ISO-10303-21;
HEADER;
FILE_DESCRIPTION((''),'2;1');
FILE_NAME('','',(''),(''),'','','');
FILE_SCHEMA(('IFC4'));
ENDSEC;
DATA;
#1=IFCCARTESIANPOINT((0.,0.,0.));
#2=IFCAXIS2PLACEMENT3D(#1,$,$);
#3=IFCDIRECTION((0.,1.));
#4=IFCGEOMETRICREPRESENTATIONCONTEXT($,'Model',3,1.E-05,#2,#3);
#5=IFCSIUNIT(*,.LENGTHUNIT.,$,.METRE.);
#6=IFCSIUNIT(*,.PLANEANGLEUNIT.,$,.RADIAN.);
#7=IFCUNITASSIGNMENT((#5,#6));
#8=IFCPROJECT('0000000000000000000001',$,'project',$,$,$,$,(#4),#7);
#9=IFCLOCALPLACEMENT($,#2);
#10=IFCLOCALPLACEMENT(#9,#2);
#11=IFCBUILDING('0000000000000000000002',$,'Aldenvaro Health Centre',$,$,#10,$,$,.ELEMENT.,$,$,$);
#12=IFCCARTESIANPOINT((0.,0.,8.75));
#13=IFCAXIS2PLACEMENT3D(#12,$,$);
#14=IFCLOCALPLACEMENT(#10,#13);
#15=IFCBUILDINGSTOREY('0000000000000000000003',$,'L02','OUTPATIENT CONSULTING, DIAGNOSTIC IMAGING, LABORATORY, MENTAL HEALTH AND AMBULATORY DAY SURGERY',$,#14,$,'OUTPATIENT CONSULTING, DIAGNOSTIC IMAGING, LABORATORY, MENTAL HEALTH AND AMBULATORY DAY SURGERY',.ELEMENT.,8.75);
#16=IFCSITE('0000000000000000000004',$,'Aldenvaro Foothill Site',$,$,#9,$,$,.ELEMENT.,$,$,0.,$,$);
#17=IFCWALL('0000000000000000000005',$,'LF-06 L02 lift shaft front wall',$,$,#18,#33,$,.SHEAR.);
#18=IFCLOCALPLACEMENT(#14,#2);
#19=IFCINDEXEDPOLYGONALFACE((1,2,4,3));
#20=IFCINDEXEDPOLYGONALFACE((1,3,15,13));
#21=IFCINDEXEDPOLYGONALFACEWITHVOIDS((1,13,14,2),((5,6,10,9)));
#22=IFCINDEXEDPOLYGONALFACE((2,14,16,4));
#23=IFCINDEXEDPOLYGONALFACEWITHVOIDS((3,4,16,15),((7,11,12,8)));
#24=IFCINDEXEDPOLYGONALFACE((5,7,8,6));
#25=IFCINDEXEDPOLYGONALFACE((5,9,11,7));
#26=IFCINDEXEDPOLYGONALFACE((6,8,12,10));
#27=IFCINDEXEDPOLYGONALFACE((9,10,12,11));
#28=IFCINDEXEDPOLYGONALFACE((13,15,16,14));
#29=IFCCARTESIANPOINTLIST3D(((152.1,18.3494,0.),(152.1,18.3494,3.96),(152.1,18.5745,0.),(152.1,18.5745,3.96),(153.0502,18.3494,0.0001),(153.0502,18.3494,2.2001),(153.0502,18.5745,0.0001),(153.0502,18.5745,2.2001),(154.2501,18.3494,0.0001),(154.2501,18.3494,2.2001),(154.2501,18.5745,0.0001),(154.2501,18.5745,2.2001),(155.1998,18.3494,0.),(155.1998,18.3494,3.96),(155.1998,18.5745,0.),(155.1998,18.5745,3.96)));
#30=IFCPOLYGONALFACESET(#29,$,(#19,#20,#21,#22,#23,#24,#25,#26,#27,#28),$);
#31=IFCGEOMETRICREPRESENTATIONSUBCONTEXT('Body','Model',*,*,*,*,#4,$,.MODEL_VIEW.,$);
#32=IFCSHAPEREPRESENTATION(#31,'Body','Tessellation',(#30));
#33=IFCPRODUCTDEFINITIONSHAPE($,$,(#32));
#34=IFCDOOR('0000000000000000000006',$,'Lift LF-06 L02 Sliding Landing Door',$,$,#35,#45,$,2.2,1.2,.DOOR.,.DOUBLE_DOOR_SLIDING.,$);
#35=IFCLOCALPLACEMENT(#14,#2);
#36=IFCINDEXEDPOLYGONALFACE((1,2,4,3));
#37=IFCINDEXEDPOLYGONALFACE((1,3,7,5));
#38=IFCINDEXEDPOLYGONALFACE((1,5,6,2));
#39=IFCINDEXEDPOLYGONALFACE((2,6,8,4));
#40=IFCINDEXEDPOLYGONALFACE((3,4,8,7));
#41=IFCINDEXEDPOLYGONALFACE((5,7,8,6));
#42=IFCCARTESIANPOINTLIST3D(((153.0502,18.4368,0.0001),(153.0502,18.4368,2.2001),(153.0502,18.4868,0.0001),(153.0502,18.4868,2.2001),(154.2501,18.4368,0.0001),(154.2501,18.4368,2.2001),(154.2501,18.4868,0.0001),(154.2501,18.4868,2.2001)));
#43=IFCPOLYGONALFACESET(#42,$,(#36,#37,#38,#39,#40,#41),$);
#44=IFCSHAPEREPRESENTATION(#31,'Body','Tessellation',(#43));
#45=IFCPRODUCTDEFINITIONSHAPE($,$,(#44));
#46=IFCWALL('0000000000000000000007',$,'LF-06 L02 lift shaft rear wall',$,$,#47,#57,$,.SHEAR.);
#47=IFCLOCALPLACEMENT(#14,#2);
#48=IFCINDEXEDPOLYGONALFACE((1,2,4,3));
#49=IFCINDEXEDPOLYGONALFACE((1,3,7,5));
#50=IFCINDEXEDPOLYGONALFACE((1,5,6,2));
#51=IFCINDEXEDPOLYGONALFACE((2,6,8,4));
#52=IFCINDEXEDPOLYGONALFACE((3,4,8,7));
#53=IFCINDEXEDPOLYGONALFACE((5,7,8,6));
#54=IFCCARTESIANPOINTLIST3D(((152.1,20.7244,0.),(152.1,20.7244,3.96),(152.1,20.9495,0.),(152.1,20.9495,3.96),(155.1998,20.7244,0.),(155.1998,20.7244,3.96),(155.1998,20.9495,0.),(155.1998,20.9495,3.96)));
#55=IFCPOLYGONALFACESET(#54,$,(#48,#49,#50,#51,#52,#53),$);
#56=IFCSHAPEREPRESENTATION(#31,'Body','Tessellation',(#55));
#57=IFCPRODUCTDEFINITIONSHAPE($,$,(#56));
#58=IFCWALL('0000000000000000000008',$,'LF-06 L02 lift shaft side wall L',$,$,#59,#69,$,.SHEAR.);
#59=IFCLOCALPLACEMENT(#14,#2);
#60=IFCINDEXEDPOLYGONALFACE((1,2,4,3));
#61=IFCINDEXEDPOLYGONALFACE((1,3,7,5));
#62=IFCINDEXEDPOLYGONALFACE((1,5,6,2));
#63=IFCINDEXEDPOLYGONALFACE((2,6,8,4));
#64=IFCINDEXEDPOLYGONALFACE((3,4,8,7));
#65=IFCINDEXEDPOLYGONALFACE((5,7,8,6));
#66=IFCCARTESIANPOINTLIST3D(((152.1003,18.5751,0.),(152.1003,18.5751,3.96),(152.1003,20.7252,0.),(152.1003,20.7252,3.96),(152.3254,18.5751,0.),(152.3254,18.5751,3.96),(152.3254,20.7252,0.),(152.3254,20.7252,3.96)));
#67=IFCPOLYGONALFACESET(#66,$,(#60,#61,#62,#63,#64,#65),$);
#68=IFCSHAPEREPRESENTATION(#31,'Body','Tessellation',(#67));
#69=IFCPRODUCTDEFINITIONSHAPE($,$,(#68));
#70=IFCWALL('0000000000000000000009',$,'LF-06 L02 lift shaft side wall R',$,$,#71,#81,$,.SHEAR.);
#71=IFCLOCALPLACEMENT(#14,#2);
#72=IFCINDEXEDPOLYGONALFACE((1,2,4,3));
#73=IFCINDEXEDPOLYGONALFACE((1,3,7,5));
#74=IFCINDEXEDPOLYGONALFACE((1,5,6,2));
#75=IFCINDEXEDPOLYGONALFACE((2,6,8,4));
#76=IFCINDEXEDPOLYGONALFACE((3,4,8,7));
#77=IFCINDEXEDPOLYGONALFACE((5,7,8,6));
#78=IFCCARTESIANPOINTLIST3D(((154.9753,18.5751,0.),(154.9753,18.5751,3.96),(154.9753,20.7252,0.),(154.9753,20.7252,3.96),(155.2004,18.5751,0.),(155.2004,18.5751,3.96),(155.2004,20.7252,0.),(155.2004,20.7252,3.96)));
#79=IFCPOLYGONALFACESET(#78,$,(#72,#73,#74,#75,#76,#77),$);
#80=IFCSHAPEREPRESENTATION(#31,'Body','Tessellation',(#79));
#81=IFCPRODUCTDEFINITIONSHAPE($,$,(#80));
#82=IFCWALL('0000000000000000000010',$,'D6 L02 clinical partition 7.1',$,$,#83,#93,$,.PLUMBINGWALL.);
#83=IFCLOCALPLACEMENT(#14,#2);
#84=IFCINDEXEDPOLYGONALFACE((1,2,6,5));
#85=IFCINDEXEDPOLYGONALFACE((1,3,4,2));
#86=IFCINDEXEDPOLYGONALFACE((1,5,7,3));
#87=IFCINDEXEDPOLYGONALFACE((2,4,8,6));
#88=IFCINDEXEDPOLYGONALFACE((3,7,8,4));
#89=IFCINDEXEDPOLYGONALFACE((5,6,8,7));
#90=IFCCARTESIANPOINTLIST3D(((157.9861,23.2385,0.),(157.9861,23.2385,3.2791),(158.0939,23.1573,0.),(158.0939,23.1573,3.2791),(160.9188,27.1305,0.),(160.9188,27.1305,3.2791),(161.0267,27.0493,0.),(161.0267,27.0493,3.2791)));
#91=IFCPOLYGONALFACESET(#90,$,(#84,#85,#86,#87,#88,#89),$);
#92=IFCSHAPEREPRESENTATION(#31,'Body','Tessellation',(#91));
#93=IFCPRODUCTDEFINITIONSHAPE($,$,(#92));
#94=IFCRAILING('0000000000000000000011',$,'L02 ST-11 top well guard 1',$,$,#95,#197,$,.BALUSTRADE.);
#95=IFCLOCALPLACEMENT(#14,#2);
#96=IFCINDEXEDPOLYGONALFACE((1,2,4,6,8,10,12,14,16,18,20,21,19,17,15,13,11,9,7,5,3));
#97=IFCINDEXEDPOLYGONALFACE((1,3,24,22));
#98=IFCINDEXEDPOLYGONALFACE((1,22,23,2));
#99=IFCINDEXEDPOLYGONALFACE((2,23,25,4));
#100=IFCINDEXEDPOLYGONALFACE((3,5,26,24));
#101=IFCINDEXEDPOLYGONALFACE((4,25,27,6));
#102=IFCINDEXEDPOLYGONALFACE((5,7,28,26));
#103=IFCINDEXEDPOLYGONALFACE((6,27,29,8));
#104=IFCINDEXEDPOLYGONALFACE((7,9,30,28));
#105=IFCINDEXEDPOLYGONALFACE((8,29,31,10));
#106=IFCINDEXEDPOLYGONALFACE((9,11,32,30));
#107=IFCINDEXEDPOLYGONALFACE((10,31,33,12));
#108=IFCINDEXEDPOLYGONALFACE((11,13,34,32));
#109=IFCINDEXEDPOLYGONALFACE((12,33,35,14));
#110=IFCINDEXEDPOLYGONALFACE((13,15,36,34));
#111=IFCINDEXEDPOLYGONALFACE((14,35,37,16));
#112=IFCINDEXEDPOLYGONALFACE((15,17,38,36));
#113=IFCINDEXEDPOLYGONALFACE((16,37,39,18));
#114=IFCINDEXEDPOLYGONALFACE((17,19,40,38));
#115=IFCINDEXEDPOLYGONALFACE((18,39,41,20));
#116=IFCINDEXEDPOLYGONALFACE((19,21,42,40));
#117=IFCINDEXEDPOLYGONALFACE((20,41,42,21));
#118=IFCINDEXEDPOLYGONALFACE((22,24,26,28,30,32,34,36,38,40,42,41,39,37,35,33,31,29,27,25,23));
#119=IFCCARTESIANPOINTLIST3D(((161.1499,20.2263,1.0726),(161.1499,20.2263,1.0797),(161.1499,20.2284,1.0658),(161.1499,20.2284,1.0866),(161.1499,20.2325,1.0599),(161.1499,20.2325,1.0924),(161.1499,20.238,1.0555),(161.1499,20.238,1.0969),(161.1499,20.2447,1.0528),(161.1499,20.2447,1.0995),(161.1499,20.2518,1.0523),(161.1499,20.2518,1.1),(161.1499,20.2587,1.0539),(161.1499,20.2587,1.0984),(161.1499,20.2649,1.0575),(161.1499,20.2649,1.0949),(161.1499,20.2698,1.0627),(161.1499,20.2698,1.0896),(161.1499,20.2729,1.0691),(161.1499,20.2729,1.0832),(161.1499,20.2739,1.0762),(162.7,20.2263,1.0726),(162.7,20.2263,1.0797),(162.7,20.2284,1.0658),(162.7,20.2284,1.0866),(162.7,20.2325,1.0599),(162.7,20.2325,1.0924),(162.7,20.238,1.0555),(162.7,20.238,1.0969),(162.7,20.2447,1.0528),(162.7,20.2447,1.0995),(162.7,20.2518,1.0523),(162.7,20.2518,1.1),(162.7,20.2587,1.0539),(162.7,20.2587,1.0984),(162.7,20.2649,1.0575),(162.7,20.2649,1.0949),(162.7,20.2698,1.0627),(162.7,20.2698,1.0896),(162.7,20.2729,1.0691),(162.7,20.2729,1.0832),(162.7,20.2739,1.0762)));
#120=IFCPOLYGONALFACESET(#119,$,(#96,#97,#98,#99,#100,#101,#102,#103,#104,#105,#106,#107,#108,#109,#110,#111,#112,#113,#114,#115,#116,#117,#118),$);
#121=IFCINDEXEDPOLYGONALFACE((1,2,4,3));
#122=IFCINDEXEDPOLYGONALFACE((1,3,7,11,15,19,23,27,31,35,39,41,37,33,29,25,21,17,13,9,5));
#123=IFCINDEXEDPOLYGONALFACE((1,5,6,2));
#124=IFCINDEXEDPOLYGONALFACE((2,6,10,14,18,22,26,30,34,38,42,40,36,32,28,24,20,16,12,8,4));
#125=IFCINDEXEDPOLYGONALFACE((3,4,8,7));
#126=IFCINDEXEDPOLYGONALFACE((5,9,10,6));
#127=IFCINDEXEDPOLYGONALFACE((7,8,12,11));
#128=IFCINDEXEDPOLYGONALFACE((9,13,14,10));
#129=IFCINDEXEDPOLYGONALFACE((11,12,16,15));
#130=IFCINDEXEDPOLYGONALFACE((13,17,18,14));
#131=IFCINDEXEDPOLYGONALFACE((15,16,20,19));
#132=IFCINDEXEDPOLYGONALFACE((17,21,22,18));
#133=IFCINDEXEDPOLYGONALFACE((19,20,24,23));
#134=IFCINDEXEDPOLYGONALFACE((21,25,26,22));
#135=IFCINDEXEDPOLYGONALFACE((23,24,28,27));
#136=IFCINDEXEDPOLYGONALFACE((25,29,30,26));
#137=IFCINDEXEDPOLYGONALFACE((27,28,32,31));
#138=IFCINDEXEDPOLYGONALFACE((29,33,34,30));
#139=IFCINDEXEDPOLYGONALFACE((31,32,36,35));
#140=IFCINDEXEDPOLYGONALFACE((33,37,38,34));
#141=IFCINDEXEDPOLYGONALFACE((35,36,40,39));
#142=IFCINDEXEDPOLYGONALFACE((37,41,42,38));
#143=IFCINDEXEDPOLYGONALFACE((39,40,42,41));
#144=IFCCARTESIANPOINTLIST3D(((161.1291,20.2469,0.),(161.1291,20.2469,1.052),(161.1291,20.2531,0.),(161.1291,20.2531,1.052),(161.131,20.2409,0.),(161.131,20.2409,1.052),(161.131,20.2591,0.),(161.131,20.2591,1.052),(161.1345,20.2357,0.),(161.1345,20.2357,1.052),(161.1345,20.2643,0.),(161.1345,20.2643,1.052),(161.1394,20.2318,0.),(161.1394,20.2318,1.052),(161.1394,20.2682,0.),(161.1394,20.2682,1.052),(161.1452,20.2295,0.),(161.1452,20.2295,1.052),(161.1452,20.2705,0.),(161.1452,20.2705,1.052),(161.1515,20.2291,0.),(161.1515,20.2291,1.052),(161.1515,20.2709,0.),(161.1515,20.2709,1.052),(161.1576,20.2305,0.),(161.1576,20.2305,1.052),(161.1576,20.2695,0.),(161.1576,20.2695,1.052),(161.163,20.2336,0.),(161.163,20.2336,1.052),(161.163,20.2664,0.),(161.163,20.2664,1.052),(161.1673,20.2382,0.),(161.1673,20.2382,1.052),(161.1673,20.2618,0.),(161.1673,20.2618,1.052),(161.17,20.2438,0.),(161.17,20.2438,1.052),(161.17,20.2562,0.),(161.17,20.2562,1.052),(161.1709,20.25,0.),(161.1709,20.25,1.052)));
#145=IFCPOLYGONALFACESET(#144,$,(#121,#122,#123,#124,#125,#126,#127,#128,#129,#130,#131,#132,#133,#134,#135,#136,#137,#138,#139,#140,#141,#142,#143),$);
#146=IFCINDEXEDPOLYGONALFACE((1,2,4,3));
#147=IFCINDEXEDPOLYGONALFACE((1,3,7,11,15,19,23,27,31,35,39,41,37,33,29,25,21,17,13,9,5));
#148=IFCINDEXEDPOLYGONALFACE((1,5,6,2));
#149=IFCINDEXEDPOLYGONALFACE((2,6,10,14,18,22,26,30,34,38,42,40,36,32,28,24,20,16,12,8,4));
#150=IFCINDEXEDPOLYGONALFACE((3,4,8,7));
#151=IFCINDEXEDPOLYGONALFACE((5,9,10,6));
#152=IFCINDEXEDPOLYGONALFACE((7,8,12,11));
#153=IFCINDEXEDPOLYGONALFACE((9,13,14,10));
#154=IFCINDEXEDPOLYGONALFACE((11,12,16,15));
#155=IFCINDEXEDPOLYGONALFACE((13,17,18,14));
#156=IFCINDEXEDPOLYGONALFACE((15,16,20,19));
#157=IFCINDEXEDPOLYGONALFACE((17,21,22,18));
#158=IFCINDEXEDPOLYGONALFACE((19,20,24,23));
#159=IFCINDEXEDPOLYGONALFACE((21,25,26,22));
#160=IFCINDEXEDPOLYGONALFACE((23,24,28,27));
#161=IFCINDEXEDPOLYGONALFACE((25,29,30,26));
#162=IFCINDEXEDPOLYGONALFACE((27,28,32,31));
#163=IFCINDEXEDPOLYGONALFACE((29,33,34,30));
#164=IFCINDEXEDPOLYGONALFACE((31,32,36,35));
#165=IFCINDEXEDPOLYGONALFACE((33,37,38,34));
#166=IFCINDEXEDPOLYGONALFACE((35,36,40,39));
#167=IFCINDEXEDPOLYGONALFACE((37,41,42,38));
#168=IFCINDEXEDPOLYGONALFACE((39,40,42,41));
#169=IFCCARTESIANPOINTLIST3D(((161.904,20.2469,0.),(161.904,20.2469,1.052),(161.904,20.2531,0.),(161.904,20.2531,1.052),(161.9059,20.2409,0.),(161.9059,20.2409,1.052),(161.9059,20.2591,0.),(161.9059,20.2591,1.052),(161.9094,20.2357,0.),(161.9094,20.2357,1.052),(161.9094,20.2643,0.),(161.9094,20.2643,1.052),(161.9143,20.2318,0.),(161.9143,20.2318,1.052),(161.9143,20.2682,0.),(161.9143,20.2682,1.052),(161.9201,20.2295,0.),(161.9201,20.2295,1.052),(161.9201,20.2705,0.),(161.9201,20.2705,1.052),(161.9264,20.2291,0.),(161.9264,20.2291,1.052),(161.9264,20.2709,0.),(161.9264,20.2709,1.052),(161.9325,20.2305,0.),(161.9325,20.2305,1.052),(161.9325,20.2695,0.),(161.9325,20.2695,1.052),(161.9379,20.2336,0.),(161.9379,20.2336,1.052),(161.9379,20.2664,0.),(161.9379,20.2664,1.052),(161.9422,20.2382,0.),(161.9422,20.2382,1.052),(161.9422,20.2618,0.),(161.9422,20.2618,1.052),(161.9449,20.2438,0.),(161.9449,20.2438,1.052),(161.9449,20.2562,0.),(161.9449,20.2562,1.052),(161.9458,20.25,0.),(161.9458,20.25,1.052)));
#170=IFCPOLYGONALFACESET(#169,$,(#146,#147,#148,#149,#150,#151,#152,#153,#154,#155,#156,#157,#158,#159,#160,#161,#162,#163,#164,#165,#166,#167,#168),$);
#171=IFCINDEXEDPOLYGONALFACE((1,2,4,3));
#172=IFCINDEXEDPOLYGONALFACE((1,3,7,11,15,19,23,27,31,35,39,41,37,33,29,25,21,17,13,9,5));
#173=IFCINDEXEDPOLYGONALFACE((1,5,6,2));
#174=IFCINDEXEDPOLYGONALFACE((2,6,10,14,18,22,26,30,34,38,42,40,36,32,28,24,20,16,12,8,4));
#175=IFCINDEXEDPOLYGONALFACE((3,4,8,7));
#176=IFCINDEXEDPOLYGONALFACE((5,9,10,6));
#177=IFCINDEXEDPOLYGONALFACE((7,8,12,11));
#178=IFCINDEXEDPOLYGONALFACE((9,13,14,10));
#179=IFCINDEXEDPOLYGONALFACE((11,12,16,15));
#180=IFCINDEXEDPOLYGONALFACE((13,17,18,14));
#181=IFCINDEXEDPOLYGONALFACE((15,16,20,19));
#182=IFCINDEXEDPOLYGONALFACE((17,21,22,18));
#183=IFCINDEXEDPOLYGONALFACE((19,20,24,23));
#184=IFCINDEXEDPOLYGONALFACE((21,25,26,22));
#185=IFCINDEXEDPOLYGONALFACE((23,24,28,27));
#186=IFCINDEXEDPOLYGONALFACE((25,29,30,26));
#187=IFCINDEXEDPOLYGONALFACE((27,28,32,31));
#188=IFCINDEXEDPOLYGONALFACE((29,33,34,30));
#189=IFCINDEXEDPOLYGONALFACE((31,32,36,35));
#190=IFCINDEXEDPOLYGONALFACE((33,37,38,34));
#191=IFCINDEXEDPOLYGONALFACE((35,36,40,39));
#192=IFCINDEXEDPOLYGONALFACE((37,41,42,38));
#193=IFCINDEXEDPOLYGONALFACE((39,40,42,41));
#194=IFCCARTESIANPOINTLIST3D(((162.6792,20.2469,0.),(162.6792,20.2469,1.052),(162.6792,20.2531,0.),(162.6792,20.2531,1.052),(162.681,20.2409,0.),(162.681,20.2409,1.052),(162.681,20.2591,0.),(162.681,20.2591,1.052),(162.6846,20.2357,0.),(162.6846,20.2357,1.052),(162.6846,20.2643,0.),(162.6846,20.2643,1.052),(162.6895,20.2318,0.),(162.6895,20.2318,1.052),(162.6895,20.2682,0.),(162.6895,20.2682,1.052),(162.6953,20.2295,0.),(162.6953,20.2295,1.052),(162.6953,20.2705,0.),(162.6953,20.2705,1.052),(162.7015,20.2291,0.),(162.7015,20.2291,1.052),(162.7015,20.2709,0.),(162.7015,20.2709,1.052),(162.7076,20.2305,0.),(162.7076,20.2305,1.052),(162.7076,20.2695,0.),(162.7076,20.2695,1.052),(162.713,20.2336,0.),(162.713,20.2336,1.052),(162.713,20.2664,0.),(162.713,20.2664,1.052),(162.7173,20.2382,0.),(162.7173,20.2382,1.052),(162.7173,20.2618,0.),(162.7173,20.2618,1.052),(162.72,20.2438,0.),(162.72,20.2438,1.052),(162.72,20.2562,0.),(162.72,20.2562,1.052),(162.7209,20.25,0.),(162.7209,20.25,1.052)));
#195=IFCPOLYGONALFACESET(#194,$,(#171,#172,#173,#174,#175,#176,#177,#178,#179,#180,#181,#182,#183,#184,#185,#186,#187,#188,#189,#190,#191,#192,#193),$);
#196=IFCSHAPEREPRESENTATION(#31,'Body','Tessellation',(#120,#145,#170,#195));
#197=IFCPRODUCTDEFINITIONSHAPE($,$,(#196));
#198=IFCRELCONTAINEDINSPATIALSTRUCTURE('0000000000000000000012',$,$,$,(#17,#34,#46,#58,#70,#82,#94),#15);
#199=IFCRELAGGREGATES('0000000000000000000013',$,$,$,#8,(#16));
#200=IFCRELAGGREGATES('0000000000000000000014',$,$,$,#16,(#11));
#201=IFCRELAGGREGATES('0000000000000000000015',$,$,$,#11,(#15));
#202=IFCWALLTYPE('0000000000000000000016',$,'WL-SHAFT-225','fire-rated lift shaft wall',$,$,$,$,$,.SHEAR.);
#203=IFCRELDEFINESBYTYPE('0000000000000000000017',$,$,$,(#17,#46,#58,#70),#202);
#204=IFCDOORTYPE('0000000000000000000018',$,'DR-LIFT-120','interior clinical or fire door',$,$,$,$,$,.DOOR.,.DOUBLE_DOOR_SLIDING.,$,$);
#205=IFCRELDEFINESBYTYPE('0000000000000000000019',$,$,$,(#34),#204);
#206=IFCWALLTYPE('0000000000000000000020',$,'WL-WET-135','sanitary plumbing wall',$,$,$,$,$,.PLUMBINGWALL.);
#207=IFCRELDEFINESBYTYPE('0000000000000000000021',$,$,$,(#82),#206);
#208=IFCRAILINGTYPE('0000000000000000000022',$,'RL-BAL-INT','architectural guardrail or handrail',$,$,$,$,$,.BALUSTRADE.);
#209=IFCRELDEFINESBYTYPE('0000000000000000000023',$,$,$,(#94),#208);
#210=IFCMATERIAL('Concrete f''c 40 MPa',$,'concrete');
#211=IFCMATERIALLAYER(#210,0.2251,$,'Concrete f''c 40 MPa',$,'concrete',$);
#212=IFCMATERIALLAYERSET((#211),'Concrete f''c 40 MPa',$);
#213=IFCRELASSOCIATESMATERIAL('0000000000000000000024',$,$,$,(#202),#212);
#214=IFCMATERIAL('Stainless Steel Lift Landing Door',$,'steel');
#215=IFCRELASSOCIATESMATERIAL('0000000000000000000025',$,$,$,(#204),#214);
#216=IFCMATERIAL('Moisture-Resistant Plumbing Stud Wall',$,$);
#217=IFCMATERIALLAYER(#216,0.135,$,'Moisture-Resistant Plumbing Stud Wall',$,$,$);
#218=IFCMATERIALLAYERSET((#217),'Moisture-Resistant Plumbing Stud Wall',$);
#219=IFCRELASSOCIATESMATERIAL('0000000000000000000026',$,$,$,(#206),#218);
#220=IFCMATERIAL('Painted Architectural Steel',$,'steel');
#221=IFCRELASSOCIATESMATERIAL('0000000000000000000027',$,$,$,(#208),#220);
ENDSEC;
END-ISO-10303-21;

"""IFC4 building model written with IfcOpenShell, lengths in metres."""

from ifc_helpers import new_model, si_unit, direction, frame, frame_2d, origin, origin_2d, place, context, subcontext, project, spatial, rectangle, circle, extrude, material, layer, layer_set, type_object, element, fill, save


model = new_model("IFC4")

# Units and contexts
model_context = context("Model", 3, precision=1e-05, world=origin(), true_north=direction((0.0, 1.0)))
body_context = subcontext(model_context, "Body", "Model", "MODEL_VIEW")
ifc_project = project(units=[si_unit("LENGTHUNIT", "METRE"), si_unit("PLANEANGLEUNIT", "RADIAN")], contexts=[model_context])

# Site, building, storey
site_placement = place(None, origin())
site = spatial("IfcSite", under=ifc_project, at=site_placement, Name="Aldenvaro Foothill Site", CompositionType="ELEMENT", RefElevation=0.0)
building_placement = place(site_placement, origin())
building = spatial("IfcBuilding", under=site, at=building_placement, Name="Aldenvaro Health Centre", CompositionType="ELEMENT")
storey_placement = place(building_placement, frame((0.0, 0.0, 8.75)))
storey = spatial("IfcBuildingStorey", under=building, at=storey_placement, Name="L02", Description="OUTPATIENT CONSULTING, DIAGNOSTIC IMAGING, LABORATORY, MENTAL HEALTH AND AMBULATORY DAY SURGERY", LongName="OUTPATIENT CONSULTING, DIAGNOSTIC IMAGING, LABORATORY, MENTAL HEALTH AND AMBULATORY DAY SURGERY", CompositionType="ELEMENT", Elevation=8.75)

# Shared definitions
ifc_material_1 = material(Name="Concrete f'c 40 MPa", Category="concrete")

# Wall, opening, door
ifc_layer_1 = layer(ifc_material_1, 0.2251, Name="Concrete f'c 40 MPa", Category="concrete")
ifc_layer_set_1 = layer_set([ifc_layer_1], Name="Concrete f'c 40 MPa")
wall_type_1 = type_object("IfcWallType", Name="WL-SHAFT-225", Description="fire-rated lift shaft wall", PredefinedType="SHEAR", material=ifc_layer_set_1)
wall_1_placement = place(storey_placement, frame((152.1001, 18.4619, 0.0), z_axis=(0.0, 0.0, 1.0), x_axis=(1.0, 0.0, 0.0)))
wall_1 = element("IfcWall", 1, at=wall_1_placement, inside=storey, type_object=wall_type_1, Name="LF-06 L02 lift shaft front wall", PredefinedType="SHEAR", context=body_context, shape_type="SweptSolid", body=[
    extrude(rectangle(XDim=3.0999, YDim=0.2251, at=frame_2d((1.5498, 0.0))), origin(), (0.0, 0.0, 1.0), 3.96),
])
opening_1_placement = place(wall_1_placement, frame((0.95, 0.0, 0.0)))
opening_1 = element("IfcOpeningElement", 2, at=opening_1_placement, cuts=wall_1, PredefinedType="OPENING", context=body_context, shape_type="SweptSolid", body=[
    extrude(rectangle(XDim=1.2, YDim=2.2, at=frame_2d((0.6001, 1.1001))), frame((0.0, 0.1226, 0.0), z_axis=(0.0, -1.0, 0.0), x_axis=(1.0, 0.0, 0.0)), (0.0, 0.0, 1.0), 0.2451),
])
ifc_material_2 = material(Name="Stainless Steel Lift Landing Door", Category="steel")
door_type_1 = type_object("IfcDoorType", Name="DR-LIFT-120", Description="interior clinical or fire door", OperationType="DOUBLE_DOOR_SLIDING", PredefinedType="DOOR", material=ifc_material_2)
door_1_placement = place(opening_1_placement, origin())
door_1 = element("IfcDoor", 3, at=door_1_placement, inside=storey, type_object=door_type_1, Name="Lift LF-06 L02 Sliding Landing Door", OperationType="DOUBLE_DOOR_SLIDING", OverallHeight=2.2, OverallWidth=1.2, PredefinedType="DOOR", context=body_context, shape_type="SweptSolid", body=[
    extrude(rectangle(XDim=1.2, YDim=2.2, at=frame_2d((0.6001, 1.1001))), frame((0.0, 0.0249, 0.0), z_axis=(0.0, -1.0, 0.0), x_axis=(1.0, 0.0, 0.0)), (0.0, 0.0, 1.0), 0.05),
])
fill(opening_1, door_1)

# Walls
wall_2_placement = place(storey_placement, frame((152.1001, 20.8369, 0.0), z_axis=(0.0, 0.0, 1.0), x_axis=(1.0, 0.0, 0.0)))
element("IfcWall", 4, at=wall_2_placement, inside=storey, type_object=wall_type_1, Name="LF-06 L02 lift shaft rear wall", PredefinedType="SHEAR", context=body_context, shape_type="SweptSolid", body=[
    extrude(rectangle(XDim=3.0999, YDim=0.2251, at=frame_2d((1.5498, 0.0))), origin(), (0.0, 0.0, 1.0), 3.96),
])
for number, where, z_axis, x_axis, name in (
    (5, (152.2129, 18.575, 0.0), (0.0, 0.0, 1.0), (0.0, 1.0, 0.0), "LF-06 L02 lift shaft side wall L"),
    (6, (155.0879, 18.575, 0.0), (0.0, 0.0, 1.0), (0.0, 1.0, 0.0), "LF-06 L02 lift shaft side wall R"),
):
    element("IfcWall", number, at=place(storey_placement, frame(where, z_axis=z_axis, x_axis=x_axis)), inside=storey, type_object=wall_type_1, Name=name, PredefinedType="SHEAR", context=body_context, shape_type="SweptSolid", body=[
        extrude(rectangle(XDim=2.1501, YDim=0.2251, at=frame_2d((1.0752, 0.0))), origin(), (0.0, 0.0, 1.0), 3.96),
    ])
ifc_material_3 = material(Name="Moisture-Resistant Plumbing Stud Wall")
ifc_layer_2 = layer(ifc_material_3, 0.135, Name="Moisture-Resistant Plumbing Stud Wall")
ifc_layer_set_2 = layer_set([ifc_layer_2], Name="Moisture-Resistant Plumbing Stud Wall")
wall_type_2 = type_object("IfcWallType", Name="WL-WET-135", Description="sanitary plumbing wall", PredefinedType="PLUMBINGWALL", material=ifc_layer_set_2)
wall_3_placement = place(storey_placement, frame((158.04, 23.198, 0.0), z_axis=(0.0, 0.0, 1.0), x_axis=(0.60181, 0.798639, 0.0)))
element("IfcWall", 7, at=wall_3_placement, inside=storey, type_object=wall_type_2, Name="D6 L02 clinical partition 7.1", PredefinedType="PLUMBINGWALL", context=body_context, shape_type="SweptSolid", body=[
    extrude(rectangle(XDim=4.8733, YDim=0.135, at=frame_2d((2.4365, 0.0))), origin(), (0.0, 0.0, 1.0), 3.2791),
])

# Railing
ifc_material_4 = material(Name="Painted Architectural Steel", Category="steel")
railing_type = type_object("IfcRailingType", Name="RL-BAL-INT", Description="architectural guardrail or handrail", PredefinedType="BALUSTRADE", material=ifc_material_4)
railing_placement = place(storey_placement, frame((161.1499, 20.25, 0.0)))
element("IfcRailing", 8, at=railing_placement, inside=storey, type_object=railing_type, Name="L02 ST-11 top well guard 1", PredefinedType="BALUSTRADE", context=body_context, shape_type="SweptSolid", body=[
    extrude(circle(Radius=0.0239, at=origin_2d()), frame((0.0, 0.0, 1.0762), z_axis=(1.0, 0.0, 0.0), x_axis=(0.0, 1.0, 0.0)), (0.0, 0.0, 1.0), 1.55),
    extrude(circle(Radius=0.021, at=origin_2d()), origin(), (0.0, 0.0, 1.0), 1.052),
    extrude(circle(Radius=0.021, at=origin_2d()), frame((0.7749, 0.0, 0.0)), (0.0, 0.0, 1.0), 1.052),
    extrude(circle(Radius=0.021, at=origin_2d()), frame((1.55, 0.0, 0.0)), (0.0, 0.0, 1.0), 1.052),
])

save(model, "model.ifc")
